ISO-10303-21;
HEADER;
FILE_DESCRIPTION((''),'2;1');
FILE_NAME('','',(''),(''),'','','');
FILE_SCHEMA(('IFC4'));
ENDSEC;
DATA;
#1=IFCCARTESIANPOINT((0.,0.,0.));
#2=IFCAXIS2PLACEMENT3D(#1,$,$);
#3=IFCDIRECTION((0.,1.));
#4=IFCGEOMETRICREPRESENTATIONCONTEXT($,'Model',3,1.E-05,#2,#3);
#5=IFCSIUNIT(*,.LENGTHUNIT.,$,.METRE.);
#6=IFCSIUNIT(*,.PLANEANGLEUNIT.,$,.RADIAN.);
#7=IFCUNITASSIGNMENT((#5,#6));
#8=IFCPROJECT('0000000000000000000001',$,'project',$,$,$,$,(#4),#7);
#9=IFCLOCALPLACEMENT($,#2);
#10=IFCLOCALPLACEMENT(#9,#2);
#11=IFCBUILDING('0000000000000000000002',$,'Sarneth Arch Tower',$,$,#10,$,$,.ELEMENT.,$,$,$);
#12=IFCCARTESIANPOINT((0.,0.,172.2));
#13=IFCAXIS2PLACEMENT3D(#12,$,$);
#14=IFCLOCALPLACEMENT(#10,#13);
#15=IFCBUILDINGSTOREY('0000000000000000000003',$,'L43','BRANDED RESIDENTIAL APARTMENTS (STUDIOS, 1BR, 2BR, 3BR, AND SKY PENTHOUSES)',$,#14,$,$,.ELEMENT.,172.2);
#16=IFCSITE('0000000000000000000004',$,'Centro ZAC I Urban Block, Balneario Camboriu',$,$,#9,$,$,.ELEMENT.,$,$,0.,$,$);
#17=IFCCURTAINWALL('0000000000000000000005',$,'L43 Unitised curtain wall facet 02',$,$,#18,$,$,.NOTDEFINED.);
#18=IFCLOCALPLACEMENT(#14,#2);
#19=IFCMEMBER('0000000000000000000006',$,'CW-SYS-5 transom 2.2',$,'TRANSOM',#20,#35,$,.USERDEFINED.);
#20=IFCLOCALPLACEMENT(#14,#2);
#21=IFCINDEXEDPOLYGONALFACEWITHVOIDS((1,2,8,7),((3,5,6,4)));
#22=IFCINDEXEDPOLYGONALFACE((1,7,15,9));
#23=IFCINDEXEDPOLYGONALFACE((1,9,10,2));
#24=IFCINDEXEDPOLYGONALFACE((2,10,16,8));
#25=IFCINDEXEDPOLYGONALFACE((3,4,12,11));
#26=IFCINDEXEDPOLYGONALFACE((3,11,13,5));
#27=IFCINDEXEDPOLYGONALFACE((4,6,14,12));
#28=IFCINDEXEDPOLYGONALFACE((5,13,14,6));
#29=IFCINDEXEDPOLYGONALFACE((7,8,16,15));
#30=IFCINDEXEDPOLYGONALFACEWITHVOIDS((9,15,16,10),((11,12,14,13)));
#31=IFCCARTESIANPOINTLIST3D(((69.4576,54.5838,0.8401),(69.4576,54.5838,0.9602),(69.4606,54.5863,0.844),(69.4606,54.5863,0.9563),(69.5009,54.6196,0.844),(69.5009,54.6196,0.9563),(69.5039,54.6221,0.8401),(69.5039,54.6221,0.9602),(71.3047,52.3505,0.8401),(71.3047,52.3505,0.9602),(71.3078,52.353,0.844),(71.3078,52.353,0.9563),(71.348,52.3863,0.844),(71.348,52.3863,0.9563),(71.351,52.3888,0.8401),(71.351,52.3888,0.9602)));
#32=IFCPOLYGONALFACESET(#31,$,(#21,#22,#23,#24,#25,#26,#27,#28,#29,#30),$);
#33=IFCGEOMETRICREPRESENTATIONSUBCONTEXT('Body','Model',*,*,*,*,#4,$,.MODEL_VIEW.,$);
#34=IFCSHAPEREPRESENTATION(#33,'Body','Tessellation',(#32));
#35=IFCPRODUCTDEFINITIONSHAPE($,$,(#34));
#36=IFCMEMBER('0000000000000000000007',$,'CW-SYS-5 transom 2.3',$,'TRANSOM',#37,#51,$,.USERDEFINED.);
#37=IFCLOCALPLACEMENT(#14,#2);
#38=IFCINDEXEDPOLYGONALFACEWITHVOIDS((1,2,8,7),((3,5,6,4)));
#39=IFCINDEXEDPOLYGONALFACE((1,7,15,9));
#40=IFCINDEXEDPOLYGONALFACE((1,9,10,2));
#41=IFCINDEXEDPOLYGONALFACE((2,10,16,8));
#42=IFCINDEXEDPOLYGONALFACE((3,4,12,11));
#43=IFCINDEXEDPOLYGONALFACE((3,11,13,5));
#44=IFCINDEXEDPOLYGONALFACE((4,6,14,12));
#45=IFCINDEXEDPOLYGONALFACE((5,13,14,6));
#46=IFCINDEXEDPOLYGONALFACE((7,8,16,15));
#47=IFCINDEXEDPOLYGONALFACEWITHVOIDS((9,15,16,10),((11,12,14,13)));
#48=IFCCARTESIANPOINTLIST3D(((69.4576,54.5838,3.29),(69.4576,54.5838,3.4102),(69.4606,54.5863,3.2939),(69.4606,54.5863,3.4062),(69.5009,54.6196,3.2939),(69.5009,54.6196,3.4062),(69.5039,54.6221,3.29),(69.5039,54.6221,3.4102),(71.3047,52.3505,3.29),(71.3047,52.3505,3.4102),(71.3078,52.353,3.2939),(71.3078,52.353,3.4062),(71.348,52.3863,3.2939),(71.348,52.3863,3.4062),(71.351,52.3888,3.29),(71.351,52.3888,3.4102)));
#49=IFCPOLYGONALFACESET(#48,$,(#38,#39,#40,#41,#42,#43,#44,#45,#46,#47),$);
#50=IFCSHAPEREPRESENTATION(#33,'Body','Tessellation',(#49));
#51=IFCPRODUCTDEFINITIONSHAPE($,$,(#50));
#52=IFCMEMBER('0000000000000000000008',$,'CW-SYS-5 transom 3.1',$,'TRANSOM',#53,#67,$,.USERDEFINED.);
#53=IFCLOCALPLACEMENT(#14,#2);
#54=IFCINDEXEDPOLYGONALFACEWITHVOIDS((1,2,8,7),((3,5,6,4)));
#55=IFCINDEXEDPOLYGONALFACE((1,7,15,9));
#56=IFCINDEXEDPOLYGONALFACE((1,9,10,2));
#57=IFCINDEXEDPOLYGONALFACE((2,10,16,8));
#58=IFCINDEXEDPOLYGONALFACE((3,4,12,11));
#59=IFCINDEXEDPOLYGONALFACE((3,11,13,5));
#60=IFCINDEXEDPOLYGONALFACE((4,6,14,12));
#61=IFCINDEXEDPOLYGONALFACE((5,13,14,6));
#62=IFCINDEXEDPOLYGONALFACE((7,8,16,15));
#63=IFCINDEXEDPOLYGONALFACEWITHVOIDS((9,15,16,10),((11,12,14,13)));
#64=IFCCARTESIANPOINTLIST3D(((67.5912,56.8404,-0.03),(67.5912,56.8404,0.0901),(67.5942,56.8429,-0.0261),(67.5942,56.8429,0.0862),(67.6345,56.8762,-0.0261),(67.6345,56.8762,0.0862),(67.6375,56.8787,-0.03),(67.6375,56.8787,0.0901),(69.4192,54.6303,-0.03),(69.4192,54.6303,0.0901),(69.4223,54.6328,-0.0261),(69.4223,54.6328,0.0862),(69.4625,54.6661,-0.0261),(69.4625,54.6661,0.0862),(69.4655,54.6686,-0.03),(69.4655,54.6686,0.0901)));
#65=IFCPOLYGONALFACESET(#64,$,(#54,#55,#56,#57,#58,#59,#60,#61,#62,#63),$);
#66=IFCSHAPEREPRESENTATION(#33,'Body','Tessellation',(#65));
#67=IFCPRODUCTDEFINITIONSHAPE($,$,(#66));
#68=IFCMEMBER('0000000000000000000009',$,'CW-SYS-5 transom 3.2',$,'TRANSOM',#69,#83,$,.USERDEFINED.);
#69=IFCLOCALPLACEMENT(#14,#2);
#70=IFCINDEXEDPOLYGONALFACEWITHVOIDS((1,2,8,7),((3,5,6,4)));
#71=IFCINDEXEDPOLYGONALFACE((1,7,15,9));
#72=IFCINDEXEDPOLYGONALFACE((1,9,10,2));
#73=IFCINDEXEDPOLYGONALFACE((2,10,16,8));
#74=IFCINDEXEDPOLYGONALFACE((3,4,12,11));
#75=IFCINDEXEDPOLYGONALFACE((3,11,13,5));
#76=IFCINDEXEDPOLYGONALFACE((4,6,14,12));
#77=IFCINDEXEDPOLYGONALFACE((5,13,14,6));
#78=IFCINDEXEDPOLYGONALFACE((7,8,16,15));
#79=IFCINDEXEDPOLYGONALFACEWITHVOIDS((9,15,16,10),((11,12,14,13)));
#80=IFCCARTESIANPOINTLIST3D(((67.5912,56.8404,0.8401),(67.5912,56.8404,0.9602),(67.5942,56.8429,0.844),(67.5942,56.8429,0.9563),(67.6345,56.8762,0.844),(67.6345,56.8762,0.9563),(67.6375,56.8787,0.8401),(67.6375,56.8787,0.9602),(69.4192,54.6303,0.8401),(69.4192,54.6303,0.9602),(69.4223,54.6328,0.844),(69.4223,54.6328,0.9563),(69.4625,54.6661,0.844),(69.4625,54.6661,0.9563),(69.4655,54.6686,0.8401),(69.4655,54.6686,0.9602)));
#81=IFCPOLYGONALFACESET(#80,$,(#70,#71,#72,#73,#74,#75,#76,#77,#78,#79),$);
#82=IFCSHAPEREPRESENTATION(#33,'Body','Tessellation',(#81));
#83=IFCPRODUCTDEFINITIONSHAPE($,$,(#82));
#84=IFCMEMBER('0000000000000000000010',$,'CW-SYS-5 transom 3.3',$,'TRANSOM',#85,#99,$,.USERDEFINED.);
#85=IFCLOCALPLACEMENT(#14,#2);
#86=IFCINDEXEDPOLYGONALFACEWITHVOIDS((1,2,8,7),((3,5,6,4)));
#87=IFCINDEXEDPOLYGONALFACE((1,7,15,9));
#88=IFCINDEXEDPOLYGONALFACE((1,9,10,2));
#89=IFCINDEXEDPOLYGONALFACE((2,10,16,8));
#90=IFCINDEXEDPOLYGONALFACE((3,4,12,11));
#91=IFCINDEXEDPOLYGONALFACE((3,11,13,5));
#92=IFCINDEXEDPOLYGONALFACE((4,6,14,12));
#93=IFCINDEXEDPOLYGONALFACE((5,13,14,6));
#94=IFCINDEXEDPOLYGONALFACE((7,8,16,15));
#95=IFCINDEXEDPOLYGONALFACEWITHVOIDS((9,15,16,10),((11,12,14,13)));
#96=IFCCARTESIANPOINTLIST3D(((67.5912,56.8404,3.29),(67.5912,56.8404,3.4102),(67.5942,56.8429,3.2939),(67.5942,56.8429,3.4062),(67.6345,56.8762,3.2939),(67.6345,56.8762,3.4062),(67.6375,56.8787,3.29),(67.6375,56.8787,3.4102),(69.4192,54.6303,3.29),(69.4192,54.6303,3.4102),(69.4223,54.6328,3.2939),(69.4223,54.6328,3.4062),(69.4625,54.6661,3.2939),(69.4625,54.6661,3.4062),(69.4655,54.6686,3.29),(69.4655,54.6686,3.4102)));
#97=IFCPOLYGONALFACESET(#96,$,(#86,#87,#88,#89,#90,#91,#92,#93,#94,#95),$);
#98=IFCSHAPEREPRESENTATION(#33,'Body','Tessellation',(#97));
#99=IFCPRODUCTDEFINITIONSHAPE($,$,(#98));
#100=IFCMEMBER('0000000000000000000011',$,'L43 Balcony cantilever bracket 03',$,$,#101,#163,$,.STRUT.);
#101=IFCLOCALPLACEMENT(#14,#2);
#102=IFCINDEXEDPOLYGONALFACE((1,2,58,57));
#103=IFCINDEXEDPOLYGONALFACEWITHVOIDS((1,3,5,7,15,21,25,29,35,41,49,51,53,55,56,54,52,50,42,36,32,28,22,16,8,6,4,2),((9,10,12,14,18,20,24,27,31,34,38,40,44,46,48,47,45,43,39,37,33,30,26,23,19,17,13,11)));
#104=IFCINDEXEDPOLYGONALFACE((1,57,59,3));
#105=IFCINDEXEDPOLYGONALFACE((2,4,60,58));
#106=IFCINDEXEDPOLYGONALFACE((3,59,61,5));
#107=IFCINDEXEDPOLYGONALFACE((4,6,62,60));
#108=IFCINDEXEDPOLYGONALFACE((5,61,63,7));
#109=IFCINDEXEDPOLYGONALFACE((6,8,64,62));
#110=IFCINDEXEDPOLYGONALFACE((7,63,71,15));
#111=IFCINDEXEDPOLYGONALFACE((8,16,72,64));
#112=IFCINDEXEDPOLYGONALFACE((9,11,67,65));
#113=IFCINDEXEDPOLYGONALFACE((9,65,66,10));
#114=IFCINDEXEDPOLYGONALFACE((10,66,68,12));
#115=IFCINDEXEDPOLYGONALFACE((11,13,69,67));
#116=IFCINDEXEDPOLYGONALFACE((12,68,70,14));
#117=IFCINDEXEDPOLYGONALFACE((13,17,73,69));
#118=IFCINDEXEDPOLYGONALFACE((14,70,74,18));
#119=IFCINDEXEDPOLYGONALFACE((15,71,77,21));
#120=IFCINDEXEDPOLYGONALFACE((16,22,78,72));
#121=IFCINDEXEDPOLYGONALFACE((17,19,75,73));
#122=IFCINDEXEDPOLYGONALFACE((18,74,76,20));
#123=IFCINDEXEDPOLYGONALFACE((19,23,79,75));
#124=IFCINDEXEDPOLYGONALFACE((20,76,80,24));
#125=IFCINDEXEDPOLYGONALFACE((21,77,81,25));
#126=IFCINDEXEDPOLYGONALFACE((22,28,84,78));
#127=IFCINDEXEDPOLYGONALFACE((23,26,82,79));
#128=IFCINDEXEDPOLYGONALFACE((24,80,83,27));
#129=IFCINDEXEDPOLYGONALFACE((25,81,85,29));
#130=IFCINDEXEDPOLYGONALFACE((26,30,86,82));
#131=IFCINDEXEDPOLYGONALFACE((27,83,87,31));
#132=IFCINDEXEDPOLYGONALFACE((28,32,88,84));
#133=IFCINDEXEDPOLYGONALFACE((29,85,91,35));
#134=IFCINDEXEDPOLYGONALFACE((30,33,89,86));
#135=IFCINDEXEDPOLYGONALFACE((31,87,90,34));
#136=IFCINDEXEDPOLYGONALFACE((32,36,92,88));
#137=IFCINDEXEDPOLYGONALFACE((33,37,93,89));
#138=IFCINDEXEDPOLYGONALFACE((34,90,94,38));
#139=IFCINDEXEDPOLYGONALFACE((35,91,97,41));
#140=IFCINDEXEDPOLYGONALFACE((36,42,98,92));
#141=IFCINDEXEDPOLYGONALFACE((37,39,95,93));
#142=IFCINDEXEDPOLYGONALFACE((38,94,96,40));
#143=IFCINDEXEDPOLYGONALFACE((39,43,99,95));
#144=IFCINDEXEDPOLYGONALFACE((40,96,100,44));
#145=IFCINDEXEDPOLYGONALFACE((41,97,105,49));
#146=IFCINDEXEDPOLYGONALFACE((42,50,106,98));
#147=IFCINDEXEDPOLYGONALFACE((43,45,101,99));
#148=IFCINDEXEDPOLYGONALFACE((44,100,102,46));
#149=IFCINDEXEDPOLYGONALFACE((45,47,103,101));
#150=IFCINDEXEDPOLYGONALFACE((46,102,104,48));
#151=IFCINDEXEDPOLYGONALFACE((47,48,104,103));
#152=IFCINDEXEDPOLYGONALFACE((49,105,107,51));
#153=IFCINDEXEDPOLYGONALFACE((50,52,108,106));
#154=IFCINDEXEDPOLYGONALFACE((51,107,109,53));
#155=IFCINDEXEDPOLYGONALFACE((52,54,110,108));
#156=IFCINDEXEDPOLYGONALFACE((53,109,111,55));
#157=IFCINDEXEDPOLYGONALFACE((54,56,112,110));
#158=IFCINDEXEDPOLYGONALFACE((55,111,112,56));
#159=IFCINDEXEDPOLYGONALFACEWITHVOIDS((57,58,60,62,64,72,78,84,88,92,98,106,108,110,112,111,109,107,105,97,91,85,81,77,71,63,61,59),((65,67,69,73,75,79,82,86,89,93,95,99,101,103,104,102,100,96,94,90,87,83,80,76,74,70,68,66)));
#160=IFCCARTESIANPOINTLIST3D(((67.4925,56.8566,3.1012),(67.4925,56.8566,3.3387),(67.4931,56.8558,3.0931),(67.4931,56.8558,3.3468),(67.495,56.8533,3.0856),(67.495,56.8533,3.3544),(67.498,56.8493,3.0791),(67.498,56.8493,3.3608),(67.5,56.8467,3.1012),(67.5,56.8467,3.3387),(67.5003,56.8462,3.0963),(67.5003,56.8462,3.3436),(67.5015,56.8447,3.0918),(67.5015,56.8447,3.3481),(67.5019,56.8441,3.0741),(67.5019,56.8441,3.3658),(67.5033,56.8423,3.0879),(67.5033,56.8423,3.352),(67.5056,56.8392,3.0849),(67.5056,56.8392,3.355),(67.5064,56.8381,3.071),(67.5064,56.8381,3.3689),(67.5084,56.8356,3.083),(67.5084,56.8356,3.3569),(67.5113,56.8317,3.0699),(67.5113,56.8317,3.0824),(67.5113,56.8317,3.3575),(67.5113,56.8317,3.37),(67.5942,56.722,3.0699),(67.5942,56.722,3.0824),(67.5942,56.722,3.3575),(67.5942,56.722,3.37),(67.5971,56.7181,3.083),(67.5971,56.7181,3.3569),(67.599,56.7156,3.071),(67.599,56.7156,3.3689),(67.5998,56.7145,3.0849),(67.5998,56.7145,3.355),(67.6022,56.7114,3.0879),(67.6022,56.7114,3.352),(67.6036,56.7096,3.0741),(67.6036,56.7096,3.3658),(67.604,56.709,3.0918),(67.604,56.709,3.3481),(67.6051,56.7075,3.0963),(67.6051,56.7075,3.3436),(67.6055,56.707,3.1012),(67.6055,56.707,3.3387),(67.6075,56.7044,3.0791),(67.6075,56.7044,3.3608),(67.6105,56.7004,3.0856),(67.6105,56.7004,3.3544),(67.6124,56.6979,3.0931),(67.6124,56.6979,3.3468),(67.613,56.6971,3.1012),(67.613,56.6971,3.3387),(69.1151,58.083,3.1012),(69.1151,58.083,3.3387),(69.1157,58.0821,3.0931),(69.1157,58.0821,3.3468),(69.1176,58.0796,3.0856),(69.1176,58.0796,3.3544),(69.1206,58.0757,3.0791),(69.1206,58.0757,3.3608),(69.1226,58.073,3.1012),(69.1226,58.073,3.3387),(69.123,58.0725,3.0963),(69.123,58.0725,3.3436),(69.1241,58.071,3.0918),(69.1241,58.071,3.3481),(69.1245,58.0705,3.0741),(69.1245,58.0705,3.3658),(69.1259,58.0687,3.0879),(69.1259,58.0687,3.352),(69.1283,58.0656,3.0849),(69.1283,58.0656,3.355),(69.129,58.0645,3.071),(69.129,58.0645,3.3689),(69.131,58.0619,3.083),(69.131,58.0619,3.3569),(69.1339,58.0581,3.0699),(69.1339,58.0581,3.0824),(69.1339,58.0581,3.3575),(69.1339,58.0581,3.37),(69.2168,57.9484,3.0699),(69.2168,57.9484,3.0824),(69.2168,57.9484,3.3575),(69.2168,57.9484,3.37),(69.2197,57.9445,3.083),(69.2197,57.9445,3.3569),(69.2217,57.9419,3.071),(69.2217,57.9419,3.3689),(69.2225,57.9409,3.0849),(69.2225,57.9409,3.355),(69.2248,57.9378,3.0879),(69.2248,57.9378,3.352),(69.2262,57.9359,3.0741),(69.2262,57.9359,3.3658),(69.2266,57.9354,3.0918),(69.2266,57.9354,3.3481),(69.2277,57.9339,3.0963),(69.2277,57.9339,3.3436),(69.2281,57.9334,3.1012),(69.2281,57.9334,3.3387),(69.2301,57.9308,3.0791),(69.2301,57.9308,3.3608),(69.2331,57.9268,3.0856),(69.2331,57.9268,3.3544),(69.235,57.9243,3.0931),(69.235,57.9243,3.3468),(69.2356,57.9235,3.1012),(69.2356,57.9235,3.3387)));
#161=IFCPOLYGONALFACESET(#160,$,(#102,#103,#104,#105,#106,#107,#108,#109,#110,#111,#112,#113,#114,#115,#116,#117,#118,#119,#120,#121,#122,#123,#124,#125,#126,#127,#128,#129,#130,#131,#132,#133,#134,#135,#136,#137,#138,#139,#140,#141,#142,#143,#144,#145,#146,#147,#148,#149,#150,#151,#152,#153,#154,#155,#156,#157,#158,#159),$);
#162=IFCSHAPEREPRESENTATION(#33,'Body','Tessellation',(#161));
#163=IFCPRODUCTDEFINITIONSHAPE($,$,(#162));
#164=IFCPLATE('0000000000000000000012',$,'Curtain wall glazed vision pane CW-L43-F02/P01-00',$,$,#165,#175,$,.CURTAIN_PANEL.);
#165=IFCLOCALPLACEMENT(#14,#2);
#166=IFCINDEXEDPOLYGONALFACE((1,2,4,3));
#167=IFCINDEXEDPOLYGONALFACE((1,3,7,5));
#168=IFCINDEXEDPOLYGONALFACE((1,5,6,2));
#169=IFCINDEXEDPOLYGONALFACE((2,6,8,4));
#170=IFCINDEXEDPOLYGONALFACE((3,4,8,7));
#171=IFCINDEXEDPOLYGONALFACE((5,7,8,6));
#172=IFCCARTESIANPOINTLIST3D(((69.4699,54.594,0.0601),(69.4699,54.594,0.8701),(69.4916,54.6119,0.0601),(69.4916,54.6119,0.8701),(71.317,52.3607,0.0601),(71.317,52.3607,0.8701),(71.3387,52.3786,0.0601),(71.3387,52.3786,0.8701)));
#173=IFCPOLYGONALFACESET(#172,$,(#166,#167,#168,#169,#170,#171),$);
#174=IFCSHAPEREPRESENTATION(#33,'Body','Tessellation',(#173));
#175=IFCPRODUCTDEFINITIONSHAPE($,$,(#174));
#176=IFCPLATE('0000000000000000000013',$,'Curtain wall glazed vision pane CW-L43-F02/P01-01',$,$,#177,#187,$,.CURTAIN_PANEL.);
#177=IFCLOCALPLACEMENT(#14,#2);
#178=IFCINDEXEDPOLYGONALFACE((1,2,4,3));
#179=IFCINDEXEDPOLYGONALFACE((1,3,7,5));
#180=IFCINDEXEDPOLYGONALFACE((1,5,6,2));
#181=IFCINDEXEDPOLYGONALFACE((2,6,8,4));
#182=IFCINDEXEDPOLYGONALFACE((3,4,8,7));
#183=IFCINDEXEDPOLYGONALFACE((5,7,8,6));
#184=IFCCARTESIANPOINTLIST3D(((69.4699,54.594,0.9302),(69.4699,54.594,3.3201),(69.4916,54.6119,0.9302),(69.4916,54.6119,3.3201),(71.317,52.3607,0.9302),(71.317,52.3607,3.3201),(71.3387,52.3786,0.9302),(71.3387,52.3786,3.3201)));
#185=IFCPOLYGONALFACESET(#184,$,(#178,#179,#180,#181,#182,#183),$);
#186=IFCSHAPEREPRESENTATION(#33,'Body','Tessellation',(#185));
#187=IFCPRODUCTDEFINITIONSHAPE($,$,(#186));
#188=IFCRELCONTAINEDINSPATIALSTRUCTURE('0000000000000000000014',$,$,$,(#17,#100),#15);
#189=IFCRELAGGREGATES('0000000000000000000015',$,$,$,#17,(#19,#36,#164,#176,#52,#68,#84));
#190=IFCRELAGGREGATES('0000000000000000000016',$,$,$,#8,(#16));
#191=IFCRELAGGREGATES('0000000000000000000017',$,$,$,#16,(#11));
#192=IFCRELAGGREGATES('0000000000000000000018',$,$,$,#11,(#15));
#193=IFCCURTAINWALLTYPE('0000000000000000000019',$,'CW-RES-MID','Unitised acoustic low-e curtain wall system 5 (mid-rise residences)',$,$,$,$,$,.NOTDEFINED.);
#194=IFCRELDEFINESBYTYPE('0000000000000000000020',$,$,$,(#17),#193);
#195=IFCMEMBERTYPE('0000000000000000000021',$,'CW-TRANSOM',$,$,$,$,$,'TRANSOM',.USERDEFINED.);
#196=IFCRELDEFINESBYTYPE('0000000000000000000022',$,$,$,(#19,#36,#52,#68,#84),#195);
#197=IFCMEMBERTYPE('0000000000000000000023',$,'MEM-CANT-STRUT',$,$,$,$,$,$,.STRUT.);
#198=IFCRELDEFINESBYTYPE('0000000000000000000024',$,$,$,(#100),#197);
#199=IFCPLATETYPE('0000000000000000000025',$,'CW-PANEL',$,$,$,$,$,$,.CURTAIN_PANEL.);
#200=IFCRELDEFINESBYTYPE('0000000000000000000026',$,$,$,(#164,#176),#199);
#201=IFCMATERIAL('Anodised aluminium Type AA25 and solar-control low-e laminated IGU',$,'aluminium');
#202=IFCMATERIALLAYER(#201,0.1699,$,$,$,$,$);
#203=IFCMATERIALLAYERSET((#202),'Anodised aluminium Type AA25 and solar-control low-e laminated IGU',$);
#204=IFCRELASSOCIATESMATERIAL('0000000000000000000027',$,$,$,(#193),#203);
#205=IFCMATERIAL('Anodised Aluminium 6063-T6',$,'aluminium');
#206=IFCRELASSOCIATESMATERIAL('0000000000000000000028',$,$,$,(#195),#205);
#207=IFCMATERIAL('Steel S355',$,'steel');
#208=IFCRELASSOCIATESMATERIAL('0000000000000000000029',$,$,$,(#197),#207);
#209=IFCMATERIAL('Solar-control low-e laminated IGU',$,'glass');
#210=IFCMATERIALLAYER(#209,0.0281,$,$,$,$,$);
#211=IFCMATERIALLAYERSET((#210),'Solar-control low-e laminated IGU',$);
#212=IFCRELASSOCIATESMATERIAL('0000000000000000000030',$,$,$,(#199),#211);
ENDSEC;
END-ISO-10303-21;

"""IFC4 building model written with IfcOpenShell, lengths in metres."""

from ifc_helpers import new_model, si_unit, direction, frame, origin, origin_2d, place, context, subcontext, project, spatial, rectangle, hollow_rectangle, extrude, material, layer, layer_set, material_profile, profile_set, type_object, element, aggregate, save


model = new_model("IFC4")

# Units and contexts
model_context = context("Model", 3, precision=1e-05, world=origin(), true_north=direction((0.0, 1.0)))
body_context = subcontext(model_context, "Body", "Model", "MODEL_VIEW")
ifc_project = project(units=[si_unit("LENGTHUNIT", "METRE"), si_unit("PLANEANGLEUNIT", "RADIAN")], contexts=[model_context])

# Site, building, storey
site_placement = place(None, origin())
site = spatial("IfcSite", under=ifc_project, at=site_placement, Name="Centro ZAC I Urban Block, Balneario Camboriu", CompositionType="ELEMENT", RefElevation=0.0)
building_placement = place(site_placement, origin())
building = spatial("IfcBuilding", under=site, at=building_placement, Name="Sarneth Arch Tower", CompositionType="ELEMENT")
storey_placement = place(building_placement, frame((0.0, 0.0, 172.2)))
storey = spatial("IfcBuildingStorey", under=building, at=storey_placement, Name="L43", Description="BRANDED RESIDENTIAL APARTMENTS (STUDIOS, 1BR, 2BR, 3BR, AND SKY PENTHOUSES)", CompositionType="ELEMENT", Elevation=172.2)

# Curtain wall, members
ifc_material_1 = material(Name="Anodised aluminium Type AA25 and solar-control low-e laminated IGU", Category="aluminium")
ifc_layer_1 = layer(ifc_material_1, 0.1699)
ifc_layer_set_1 = layer_set([ifc_layer_1], Name="Anodised aluminium Type AA25 and solar-control low-e laminated IGU")
curtain_wall_type = type_object("IfcCurtainWallType", Name="CW-RES-MID", Description="Unitised acoustic low-e curtain wall system 5 (mid-rise residences)", PredefinedType="NOTDEFINED", material=ifc_layer_set_1)
curtain_wall_placement = place(storey_placement, origin())
curtain_wall = element("IfcCurtainWall", 1, at=curtain_wall_placement, inside=storey, type_object=curtain_wall_type, Name="L43 Unitised curtain wall facet 02", PredefinedType="NOTDEFINED")
ifc_material_2 = material(Name="Anodised Aluminium 6063-T6", Category="aluminium")
ifc_material_profile_1 = material_profile(ifc_material_2, hollow_rectangle(XDim=0.0601, YDim=0.1201, WallThickness=0.0039, at=origin_2d()), Name="AL-TRAN-120x60x4")
ifc_profile_set_1 = profile_set([ifc_material_profile_1], Name="Anodised Aluminium 6063-T6")
member_type_1 = type_object("IfcMemberType", Name="CW-TRANSOM", ElementType="TRANSOM", PredefinedType="USERDEFINED", material=ifc_profile_set_1)
member_1_placement = place(storey_placement, frame((71.3279, 52.3696, 0.9001), z_axis=(-0.63733, 0.770591, 0.0), x_axis=(-0.770591, -0.63733, 0.0)))
member_1 = element("IfcMember", 2, at=member_1_placement, type_object=member_type_1, Name="CW-SYS-5 transom 2.2", ObjectType="TRANSOM", PredefinedType="USERDEFINED", context=body_context, shape_type="SweptSolid", body=[
    extrude(hollow_rectangle(XDim=0.0601, YDim=0.1201, WallThickness=0.0039, at=origin_2d()), origin(), (0.0, 0.0, 1.0), 2.8982),
])
member_2_placement = place(storey_placement, frame((71.3279, 52.3696, 3.3501), z_axis=(-0.63733, 0.770591, 0.0), x_axis=(-0.770591, -0.63733, 0.0)))
member_2 = element("IfcMember", 3, at=member_2_placement, type_object=member_type_1, Name="CW-SYS-5 transom 2.3", ObjectType="TRANSOM", PredefinedType="USERDEFINED", context=body_context, shape_type="SweptSolid", body=[
    extrude(hollow_rectangle(XDim=0.0601, YDim=0.1201, WallThickness=0.0039, at=origin_2d()), origin(), (0.0, 0.0, 1.0), 2.8982),
])
member_3_placement = place(storey_placement, frame((69.4424, 54.6494, 0.03), z_axis=(-0.637359, 0.770567, 0.0), x_axis=(-0.770567, -0.637359, 0.0)))
member_3 = element("IfcMember", 4, at=member_3_placement, type_object=member_type_1, Name="CW-SYS-5 transom 3.1", ObjectType="TRANSOM", PredefinedType="USERDEFINED", context=body_context, shape_type="SweptSolid", body=[
    extrude(hollow_rectangle(XDim=0.0601, YDim=0.1201, WallThickness=0.0039, at=origin_2d()), origin(), (0.0, 0.0, 1.0), 2.8682),
])
member_4_placement = place(storey_placement, frame((69.4424, 54.6494, 0.9001), z_axis=(-0.637359, 0.770567, 0.0), x_axis=(-0.770567, -0.637359, 0.0)))
member_4 = element("IfcMember", 5, at=member_4_placement, type_object=member_type_1, Name="CW-SYS-5 transom 3.2", ObjectType="TRANSOM", PredefinedType="USERDEFINED", context=body_context, shape_type="SweptSolid", body=[
    extrude(hollow_rectangle(XDim=0.0601, YDim=0.1201, WallThickness=0.0039, at=origin_2d()), origin(), (0.0, 0.0, 1.0), 2.8682),
])
member_5_placement = place(storey_placement, frame((69.4424, 54.6494, 3.3501), z_axis=(-0.637359, 0.770567, 0.0), x_axis=(-0.770567, -0.637359, 0.0)))
member_5 = element("IfcMember", 6, at=member_5_placement, type_object=member_type_1, Name="CW-SYS-5 transom 3.3", ObjectType="TRANSOM", PredefinedType="USERDEFINED", context=body_context, shape_type="SweptSolid", body=[
    extrude(hollow_rectangle(XDim=0.0601, YDim=0.1201, WallThickness=0.0039, at=origin_2d()), origin(), (0.0, 0.0, 1.0), 2.8682),
])

# Member
ifc_material_3 = material(Name="Steel S355", Category="steel")
ifc_material_profile_2 = material_profile(ifc_material_3, hollow_rectangle(XDim=0.2, YDim=0.3, WallThickness=0.0125, InnerFilletRadius=0.0188, OuterFilletRadius=0.0312, at=origin_2d()), Name="RHS300x200x12.5")
ifc_profile_set_2 = profile_set([ifc_material_profile_2], Name="Steel S355")
member_type_2 = type_object("IfcMemberType", Name="MEM-CANT-STRUT", PredefinedType="STRUT", material=ifc_profile_set_2)
member_6_placement = place(storey_placement, frame((67.5527, 56.7769, 3.22), z_axis=(0.797776, 0.602954, 0.0), x_axis=(-0.602954, 0.797776, 0.0)))
element("IfcMember", 7, at=member_6_placement, inside=storey, type_object=member_type_2, Name="L43 Balcony cantilever bracket 03", PredefinedType="STRUT", context=body_context, shape_type="SweptSolid", body=[
    extrude(hollow_rectangle(XDim=0.2, YDim=0.3, WallThickness=0.0125, InnerFilletRadius=0.0188, OuterFilletRadius=0.0312, at=origin_2d()), origin(), (0.0, 0.0, 1.0), 2.0339),
])

# Plates
ifc_material_4 = material(Name="Solar-control low-e laminated IGU", Category="glass")
ifc_layer_2 = layer(ifc_material_4, 0.0281)
ifc_layer_set_2 = layer_set([ifc_layer_2], Name="Solar-control low-e laminated IGU")
plate_type_1 = type_object("IfcPlateType", Name="CW-PANEL", PredefinedType="CURTAIN_PANEL", material=ifc_layer_set_2)
plate_1_placement = place(storey_placement, frame((70.4043, 53.4863, 0.0601), z_axis=(0.0, 0.0, 1.0), x_axis=(-0.63733, 0.770591, 0.0)))
plate_1 = element("IfcPlate", 8, at=plate_1_placement, type_object=plate_type_1, Name="Curtain wall glazed vision pane CW-L43-F02/P01-00", PredefinedType="CURTAIN_PANEL", context=body_context, shape_type="SweptSolid", body=[
    extrude(rectangle(XDim=2.8982, YDim=0.0281, at=origin_2d()), origin(), (0.0, 0.0, 1.0), 0.8101),
])
plate_2_placement = place(storey_placement, frame((70.4043, 53.4863, 0.9302), z_axis=(0.0, 0.0, 1.0), x_axis=(-0.63733, 0.770591, 0.0)))
plate_2 = element("IfcPlate", 9, at=plate_2_placement, type_object=plate_type_1, Name="Curtain wall glazed vision pane CW-L43-F02/P01-01", PredefinedType="CURTAIN_PANEL", context=body_context, shape_type="SweptSolid", body=[
    extrude(rectangle(XDim=2.8982, YDim=0.0281, at=origin_2d()), origin(), (0.0, 0.0, 1.0), 2.3899),
])
aggregate(curtain_wall, [member_1, member_2, plate_1, plate_2, member_3, member_4, member_5])

save(model, "model.ifc")
